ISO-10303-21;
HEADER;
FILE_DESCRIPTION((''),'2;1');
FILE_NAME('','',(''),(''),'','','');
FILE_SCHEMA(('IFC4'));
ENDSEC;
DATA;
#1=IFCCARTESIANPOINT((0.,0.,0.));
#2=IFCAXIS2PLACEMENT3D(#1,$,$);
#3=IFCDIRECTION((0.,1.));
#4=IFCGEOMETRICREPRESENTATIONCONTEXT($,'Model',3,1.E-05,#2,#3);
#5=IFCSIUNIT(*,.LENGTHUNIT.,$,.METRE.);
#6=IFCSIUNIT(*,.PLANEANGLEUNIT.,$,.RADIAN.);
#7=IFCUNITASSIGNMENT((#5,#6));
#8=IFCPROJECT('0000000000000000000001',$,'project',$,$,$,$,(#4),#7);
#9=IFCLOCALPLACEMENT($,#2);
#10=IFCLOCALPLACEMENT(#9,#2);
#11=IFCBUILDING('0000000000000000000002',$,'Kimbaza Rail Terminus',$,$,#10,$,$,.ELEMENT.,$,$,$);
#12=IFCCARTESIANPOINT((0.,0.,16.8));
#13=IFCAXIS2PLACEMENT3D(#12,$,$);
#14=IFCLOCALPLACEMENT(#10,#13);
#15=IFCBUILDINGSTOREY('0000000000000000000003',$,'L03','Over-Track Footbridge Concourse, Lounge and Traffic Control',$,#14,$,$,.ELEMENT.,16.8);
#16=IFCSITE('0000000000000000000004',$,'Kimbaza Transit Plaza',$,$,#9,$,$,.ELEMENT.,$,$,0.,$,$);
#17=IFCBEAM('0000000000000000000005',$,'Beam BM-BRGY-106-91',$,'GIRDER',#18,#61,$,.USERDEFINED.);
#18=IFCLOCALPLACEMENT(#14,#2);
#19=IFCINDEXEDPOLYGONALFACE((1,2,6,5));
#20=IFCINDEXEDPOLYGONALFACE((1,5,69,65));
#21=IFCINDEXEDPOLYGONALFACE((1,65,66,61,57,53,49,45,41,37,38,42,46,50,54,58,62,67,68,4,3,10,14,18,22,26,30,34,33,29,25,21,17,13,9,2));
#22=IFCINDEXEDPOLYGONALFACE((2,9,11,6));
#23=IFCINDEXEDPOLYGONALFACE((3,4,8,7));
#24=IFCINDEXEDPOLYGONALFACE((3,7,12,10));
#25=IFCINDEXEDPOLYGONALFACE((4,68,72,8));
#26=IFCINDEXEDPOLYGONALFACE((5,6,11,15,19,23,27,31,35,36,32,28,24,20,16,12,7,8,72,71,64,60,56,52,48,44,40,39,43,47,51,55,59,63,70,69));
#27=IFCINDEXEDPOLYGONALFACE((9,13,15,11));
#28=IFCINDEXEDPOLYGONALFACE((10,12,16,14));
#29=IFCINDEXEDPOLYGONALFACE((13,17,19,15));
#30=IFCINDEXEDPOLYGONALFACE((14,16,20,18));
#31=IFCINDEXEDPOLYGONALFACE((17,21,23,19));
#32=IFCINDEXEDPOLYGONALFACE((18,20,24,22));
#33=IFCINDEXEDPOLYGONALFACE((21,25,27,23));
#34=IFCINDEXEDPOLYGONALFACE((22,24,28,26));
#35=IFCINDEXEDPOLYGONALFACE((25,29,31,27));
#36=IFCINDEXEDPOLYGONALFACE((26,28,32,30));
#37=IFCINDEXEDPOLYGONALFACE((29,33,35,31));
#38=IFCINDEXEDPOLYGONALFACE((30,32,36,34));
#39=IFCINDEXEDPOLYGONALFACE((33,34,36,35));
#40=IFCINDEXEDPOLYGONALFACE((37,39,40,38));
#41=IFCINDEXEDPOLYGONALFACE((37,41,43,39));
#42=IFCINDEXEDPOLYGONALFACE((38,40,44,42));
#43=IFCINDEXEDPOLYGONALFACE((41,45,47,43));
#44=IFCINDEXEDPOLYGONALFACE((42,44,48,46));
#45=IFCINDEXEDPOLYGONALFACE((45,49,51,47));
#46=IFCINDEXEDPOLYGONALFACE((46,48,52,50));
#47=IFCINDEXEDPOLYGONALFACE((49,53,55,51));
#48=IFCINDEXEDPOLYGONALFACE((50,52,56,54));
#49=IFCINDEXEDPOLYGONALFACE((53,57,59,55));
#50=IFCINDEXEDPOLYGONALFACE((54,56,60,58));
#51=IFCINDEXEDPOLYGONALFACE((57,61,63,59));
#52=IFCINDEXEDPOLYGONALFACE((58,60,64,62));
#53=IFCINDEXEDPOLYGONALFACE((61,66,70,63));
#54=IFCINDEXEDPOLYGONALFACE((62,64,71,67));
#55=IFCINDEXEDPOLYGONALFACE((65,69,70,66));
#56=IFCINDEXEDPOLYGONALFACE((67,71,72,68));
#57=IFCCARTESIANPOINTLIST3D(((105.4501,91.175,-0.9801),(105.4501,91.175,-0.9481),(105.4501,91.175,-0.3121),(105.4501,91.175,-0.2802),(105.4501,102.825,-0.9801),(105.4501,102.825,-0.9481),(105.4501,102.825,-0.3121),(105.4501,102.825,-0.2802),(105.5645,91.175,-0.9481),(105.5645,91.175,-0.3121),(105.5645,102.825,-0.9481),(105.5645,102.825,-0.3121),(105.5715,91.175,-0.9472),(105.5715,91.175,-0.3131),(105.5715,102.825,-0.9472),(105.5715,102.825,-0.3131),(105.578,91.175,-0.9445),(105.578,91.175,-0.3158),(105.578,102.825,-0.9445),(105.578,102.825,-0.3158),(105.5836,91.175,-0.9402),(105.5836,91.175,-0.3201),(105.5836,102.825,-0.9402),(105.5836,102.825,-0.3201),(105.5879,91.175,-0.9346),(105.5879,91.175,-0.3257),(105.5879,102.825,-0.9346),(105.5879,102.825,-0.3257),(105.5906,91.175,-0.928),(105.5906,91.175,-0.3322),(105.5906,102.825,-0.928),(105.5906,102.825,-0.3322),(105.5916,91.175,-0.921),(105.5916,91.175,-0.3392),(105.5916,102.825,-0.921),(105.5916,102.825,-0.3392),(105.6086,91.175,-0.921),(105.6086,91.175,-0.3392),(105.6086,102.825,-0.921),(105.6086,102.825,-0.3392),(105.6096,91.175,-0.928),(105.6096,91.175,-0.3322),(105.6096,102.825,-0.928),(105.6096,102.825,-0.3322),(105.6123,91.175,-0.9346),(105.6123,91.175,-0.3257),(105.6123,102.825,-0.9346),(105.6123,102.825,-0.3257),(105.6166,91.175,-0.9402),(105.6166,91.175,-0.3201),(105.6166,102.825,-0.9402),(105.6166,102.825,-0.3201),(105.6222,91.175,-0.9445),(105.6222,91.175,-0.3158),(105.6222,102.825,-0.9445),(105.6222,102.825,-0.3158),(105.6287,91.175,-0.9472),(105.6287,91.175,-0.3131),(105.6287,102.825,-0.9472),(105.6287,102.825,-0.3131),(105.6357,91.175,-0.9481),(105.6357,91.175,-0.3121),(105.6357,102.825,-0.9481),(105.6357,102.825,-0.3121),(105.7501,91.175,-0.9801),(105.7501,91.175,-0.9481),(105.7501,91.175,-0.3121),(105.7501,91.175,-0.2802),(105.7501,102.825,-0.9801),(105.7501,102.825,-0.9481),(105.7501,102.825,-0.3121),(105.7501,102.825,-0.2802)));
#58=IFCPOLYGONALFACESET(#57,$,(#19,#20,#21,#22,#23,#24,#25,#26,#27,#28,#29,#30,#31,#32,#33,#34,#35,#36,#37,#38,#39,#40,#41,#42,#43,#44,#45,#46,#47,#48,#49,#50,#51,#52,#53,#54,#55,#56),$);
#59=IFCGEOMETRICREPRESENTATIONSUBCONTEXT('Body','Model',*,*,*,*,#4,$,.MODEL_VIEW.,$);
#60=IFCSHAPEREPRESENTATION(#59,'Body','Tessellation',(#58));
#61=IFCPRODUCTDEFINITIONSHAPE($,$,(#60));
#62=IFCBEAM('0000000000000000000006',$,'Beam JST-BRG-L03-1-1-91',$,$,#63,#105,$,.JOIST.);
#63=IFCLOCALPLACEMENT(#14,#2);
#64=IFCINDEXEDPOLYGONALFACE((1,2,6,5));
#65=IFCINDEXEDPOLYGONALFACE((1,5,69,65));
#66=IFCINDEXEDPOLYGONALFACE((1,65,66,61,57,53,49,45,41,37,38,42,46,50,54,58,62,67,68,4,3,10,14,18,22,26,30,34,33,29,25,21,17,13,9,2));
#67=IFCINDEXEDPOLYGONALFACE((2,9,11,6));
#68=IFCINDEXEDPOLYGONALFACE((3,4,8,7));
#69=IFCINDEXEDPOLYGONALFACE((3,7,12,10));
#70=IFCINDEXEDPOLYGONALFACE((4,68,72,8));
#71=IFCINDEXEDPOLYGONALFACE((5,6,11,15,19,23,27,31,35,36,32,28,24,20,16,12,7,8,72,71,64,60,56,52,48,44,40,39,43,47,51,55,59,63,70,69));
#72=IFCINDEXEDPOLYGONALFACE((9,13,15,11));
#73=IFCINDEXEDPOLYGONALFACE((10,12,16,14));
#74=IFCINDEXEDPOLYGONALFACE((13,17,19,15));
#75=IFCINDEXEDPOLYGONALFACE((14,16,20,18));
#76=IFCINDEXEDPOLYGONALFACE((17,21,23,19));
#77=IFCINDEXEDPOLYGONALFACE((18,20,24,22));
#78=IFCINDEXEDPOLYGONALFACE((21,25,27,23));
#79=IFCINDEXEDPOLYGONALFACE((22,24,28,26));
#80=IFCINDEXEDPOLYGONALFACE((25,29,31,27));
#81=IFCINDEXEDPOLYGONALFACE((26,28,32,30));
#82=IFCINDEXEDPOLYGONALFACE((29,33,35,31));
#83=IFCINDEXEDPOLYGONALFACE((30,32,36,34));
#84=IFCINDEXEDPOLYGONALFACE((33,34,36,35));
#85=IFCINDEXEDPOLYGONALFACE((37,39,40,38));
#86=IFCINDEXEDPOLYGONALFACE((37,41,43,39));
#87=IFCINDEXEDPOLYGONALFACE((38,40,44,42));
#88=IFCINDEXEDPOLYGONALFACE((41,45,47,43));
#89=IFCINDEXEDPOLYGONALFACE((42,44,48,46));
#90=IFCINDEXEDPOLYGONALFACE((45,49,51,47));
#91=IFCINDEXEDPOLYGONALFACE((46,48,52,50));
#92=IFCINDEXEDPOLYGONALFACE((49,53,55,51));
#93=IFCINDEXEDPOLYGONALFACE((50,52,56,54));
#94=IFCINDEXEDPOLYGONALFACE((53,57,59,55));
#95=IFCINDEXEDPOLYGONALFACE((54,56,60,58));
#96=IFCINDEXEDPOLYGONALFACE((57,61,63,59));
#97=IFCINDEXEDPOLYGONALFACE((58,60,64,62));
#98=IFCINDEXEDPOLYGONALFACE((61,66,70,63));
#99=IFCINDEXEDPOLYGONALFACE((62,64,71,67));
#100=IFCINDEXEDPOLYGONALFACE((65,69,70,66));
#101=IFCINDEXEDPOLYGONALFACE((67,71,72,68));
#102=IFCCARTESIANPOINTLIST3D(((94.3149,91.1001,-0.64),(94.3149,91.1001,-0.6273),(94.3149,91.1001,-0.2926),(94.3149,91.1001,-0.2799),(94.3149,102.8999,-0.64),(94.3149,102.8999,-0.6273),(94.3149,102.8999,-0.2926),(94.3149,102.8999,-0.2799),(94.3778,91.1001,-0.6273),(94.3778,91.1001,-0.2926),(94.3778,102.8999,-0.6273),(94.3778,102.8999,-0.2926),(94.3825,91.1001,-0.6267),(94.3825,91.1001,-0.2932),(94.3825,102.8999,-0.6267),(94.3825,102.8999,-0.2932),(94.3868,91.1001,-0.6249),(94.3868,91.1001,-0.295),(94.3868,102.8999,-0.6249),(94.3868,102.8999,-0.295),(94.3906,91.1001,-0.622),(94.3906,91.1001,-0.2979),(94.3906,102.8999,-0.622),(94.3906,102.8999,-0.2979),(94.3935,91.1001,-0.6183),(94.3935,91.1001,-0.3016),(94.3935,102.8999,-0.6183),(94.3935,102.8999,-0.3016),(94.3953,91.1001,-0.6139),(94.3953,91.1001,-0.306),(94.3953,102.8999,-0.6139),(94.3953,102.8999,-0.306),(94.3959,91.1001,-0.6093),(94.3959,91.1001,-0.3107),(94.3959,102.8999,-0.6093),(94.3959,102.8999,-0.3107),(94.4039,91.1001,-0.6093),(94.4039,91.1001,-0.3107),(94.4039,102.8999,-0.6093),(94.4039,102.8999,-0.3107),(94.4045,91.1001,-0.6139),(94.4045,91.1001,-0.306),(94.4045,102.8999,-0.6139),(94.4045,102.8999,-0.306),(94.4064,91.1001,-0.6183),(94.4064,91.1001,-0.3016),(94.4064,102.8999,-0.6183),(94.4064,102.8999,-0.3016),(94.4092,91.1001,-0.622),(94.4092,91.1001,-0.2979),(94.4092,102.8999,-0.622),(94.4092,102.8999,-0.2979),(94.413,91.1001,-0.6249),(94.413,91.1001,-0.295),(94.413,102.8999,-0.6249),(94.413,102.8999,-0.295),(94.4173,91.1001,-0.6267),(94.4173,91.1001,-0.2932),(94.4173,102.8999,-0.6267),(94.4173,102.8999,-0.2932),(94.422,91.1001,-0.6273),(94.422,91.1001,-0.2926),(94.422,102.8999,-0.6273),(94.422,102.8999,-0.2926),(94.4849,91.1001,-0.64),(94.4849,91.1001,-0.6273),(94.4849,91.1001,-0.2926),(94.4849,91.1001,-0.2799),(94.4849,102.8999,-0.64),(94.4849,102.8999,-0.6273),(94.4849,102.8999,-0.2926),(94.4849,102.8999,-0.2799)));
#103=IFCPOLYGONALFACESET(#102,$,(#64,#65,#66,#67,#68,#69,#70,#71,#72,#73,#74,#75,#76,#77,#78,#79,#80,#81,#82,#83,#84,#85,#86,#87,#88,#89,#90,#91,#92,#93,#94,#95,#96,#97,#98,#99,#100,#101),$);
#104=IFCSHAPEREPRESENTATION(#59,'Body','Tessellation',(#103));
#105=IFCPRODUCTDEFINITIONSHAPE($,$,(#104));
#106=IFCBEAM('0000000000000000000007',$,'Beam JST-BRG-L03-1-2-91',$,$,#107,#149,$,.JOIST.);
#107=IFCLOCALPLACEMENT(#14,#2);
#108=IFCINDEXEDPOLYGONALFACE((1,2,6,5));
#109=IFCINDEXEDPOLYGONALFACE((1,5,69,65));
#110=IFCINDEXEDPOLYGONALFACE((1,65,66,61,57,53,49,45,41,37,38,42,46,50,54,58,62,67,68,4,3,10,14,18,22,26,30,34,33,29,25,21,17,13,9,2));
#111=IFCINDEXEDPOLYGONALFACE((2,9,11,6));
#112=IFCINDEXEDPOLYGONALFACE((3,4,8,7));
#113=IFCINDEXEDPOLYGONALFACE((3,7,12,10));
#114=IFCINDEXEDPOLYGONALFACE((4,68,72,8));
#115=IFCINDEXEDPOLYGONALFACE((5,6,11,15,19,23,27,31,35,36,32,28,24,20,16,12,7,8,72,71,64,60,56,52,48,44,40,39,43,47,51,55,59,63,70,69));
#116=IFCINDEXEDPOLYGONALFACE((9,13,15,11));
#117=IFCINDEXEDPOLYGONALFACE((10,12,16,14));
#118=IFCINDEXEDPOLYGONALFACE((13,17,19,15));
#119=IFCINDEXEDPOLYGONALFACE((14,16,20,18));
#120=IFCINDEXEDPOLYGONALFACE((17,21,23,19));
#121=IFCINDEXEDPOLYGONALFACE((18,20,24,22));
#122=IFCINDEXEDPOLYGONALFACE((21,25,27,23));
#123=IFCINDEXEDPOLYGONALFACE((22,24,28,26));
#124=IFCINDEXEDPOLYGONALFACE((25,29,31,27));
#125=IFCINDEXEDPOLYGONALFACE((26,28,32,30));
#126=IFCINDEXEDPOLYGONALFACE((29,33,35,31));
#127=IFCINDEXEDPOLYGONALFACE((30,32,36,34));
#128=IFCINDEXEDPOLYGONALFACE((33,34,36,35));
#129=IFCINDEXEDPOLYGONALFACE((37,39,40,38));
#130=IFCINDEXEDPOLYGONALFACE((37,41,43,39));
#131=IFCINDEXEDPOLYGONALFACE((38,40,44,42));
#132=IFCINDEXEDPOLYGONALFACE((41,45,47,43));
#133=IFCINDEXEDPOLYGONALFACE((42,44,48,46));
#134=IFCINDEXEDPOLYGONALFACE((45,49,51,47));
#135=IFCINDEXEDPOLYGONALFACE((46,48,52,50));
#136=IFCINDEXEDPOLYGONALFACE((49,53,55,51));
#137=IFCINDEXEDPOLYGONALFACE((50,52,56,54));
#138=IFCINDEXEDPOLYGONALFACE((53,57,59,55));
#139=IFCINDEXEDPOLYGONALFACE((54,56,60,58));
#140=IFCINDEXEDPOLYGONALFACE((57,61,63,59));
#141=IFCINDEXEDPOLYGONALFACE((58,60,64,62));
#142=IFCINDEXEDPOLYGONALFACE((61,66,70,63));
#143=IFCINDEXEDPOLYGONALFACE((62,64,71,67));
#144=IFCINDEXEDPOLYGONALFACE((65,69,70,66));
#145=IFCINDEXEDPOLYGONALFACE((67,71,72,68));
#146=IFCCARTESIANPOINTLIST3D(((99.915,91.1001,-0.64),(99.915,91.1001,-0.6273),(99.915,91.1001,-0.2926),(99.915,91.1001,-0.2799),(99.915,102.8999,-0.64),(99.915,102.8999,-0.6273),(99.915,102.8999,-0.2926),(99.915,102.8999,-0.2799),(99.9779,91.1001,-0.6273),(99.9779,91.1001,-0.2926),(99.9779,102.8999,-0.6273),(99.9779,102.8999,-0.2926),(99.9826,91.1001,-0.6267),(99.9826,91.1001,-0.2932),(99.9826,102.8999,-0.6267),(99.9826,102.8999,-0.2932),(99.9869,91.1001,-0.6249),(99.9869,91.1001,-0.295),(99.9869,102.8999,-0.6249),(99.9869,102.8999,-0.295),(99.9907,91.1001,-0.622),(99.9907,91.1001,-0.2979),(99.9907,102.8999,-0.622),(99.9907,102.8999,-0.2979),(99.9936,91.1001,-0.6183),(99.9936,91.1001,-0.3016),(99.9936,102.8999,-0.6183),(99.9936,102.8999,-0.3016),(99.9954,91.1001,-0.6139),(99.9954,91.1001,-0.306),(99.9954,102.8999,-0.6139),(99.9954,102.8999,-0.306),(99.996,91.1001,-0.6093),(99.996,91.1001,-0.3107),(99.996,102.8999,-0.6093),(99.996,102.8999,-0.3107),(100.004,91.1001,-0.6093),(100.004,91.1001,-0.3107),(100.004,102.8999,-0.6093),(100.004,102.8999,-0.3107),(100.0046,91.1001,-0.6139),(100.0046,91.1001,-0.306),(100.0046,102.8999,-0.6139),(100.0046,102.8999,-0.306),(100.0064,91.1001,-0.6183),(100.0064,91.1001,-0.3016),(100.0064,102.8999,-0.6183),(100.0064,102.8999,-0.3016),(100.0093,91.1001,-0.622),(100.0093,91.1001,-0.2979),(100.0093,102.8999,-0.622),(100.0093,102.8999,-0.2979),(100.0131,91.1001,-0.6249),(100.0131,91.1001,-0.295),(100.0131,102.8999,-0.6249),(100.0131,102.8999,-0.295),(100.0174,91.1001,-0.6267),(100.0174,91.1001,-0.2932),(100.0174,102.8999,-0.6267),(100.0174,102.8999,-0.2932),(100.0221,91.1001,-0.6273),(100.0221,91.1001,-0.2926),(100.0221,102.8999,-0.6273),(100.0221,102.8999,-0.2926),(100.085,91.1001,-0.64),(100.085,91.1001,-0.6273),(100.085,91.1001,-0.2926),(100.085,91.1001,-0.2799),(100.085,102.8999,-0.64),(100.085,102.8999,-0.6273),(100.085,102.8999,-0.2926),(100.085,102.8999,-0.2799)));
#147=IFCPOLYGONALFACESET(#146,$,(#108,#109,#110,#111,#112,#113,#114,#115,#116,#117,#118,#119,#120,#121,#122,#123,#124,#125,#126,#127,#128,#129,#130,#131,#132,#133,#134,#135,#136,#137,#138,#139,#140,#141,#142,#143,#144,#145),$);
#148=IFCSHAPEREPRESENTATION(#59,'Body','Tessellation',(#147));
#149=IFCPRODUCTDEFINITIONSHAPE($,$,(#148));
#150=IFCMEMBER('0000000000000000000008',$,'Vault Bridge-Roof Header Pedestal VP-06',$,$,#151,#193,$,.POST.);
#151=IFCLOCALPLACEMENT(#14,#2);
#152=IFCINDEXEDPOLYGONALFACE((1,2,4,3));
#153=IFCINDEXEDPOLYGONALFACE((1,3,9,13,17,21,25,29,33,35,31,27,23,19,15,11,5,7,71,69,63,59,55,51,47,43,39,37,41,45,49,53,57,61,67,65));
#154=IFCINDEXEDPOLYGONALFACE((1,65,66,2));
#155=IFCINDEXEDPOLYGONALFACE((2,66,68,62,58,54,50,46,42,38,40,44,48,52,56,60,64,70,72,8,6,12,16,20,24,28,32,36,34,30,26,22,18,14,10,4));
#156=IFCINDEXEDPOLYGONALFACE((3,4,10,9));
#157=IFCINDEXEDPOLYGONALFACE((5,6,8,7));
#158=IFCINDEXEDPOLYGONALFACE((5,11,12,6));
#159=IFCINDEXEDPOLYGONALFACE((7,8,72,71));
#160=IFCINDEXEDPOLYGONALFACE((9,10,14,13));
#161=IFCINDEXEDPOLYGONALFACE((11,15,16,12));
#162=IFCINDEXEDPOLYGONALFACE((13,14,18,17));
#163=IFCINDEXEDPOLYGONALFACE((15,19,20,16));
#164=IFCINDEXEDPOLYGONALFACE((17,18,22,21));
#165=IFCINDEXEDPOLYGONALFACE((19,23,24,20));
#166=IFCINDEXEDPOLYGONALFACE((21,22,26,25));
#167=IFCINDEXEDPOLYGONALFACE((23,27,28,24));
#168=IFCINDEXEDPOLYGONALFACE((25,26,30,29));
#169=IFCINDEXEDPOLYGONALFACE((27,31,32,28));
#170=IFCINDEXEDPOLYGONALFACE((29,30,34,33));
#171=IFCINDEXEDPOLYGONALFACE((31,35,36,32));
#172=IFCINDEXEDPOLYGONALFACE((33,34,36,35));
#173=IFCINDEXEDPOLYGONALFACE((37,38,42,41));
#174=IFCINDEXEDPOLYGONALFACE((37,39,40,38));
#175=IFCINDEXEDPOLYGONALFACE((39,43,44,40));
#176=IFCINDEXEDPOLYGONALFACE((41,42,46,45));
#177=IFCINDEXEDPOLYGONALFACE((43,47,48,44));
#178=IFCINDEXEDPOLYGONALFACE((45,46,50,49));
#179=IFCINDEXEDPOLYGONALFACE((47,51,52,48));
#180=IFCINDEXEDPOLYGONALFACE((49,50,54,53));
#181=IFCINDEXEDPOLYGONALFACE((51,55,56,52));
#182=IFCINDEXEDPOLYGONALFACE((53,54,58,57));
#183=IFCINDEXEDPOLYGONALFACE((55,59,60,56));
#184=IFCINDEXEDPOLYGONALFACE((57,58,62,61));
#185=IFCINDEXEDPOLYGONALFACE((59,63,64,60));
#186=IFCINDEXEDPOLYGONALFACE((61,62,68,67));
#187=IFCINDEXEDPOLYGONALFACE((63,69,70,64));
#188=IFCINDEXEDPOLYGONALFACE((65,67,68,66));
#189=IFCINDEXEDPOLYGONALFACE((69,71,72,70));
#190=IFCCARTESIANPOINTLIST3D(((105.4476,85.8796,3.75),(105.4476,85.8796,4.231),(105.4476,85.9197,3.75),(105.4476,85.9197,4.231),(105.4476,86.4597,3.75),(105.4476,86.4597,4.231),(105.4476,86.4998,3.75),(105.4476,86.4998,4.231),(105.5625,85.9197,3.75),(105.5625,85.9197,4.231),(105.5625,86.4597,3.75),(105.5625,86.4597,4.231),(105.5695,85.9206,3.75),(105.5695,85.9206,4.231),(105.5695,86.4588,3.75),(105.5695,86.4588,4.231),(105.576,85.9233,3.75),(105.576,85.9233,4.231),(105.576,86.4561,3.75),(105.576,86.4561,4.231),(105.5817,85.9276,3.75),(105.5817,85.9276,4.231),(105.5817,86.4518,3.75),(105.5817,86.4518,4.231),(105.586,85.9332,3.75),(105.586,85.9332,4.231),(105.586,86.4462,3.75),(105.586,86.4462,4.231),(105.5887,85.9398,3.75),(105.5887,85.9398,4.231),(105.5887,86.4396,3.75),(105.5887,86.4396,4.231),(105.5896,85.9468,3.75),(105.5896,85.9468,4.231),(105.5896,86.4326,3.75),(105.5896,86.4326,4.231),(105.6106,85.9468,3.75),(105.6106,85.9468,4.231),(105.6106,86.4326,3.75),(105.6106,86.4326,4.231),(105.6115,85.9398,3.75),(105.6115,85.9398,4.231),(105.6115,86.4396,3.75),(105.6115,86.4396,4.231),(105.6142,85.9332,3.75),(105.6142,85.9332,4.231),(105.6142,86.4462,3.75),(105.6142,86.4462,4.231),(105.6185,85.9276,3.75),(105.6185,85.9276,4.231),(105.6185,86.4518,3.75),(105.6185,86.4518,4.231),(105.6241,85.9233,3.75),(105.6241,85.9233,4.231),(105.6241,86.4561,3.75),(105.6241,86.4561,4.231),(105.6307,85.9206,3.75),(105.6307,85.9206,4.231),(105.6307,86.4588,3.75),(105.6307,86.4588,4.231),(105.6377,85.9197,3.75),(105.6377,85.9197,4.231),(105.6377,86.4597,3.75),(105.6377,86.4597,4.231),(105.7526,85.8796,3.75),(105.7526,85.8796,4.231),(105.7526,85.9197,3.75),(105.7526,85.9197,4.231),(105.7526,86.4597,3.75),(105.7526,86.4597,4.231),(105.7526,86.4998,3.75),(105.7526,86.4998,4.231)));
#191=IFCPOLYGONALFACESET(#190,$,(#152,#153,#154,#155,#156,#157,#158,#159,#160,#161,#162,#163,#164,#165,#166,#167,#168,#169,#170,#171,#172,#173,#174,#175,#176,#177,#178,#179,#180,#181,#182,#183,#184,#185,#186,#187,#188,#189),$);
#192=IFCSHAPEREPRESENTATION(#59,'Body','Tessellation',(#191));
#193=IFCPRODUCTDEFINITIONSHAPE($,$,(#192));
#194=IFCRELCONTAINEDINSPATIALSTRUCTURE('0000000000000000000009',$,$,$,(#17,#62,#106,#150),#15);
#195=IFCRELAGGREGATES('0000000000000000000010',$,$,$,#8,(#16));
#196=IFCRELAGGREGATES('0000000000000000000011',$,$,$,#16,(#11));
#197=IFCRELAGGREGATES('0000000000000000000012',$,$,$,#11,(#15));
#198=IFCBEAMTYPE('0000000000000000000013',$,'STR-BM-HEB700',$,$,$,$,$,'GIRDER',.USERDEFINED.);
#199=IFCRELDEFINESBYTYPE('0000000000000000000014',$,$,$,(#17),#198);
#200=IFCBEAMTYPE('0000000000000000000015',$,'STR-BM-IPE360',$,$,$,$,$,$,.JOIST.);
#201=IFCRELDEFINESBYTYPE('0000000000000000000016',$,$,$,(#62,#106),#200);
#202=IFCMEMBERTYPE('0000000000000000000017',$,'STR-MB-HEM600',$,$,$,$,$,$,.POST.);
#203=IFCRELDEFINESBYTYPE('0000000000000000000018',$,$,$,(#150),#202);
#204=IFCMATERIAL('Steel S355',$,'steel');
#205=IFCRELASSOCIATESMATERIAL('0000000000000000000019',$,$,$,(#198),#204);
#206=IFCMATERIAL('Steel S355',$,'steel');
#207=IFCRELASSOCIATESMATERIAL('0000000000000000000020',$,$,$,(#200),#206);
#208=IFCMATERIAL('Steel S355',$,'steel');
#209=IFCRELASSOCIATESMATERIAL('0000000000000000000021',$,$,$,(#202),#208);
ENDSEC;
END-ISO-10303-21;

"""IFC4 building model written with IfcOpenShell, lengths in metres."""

from ifc_helpers import new_model, si_unit, direction, frame, origin, origin_2d, place, context, subcontext, project, spatial, i_section, extrude, material, material_profile, profile_set, type_object, element, save


model = new_model("IFC4")

# Units and contexts
model_context = context("Model", 3, precision=1e-05, world=origin(), true_north=direction((0.0, 1.0)))
body_context = subcontext(model_context, "Body", "Model", "MODEL_VIEW")
ifc_project = project(units=[si_unit("LENGTHUNIT", "METRE"), si_unit("PLANEANGLEUNIT", "RADIAN")], contexts=[model_context])

# Site, building, storey
site_placement = place(None, origin())
site = spatial("IfcSite", under=ifc_project, at=site_placement, Name="Kimbaza Transit Plaza", CompositionType="ELEMENT", RefElevation=0.0)
building_placement = place(site_placement, origin())
building = spatial("IfcBuilding", under=site, at=building_placement, Name="Kimbaza Rail Terminus", CompositionType="ELEMENT")
storey_placement = place(building_placement, frame((0.0, 0.0, 16.8)))
storey = spatial("IfcBuildingStorey", under=building, at=storey_placement, Name="L03", Description="Over-Track Footbridge Concourse, Lounge and Traffic Control", CompositionType="ELEMENT", Elevation=16.8)

# Beams
ifc_material_1 = material(Name="Steel S355", Category="steel")
ifc_material_profile_1 = material_profile(ifc_material_1, i_section(OverallWidth=0.3, OverallDepth=0.7, WebThickness=0.0171, FlangeThickness=0.032, FilletRadius=0.0271, at=origin_2d()), Name="HEB 700")
ifc_profile_set_1 = profile_set([ifc_material_profile_1], Name="Steel S355")
beam_type_1 = type_object("IfcBeamType", Name="STR-BM-HEB700", ElementType="GIRDER", PredefinedType="USERDEFINED", material=ifc_profile_set_1)
beam_1_placement = place(storey_placement, frame((105.6001, 91.175, -0.6301), z_axis=(0.0, 1.0, 0.0), x_axis=(-1.0, 0.0, 0.0)))
element("IfcBeam", 1, at=beam_1_placement, inside=storey, type_object=beam_type_1, Name="Beam BM-BRGY-106-91", ObjectType="GIRDER", PredefinedType="USERDEFINED", context=body_context, shape_type="SweptSolid", body=[
    extrude(i_section(OverallWidth=0.3, OverallDepth=0.7, WebThickness=0.0171, FlangeThickness=0.032, FilletRadius=0.0271, at=origin_2d()), origin(), (0.0, 0.0, 1.0), 11.6499),
])
ifc_material_2 = material(Name="Steel S355", Category="steel")
ifc_material_profile_2 = material_profile(ifc_material_2, i_section(OverallWidth=0.1699, OverallDepth=0.3601, WebThickness=0.0081, FlangeThickness=0.0127, FilletRadius=0.0181, at=origin_2d()), Name="IPE 360")
ifc_profile_set_2 = profile_set([ifc_material_profile_2], Name="Steel S355")
beam_type_2 = type_object("IfcBeamType", Name="STR-BM-IPE360", PredefinedType="JOIST", material=ifc_profile_set_2)
for number, where, z_axis, x_axis, name in (
    (2, (94.3999, 91.1001, -0.46), (0.0, 1.0, 0.0), (-1.0, 0.0, 0.0), "Beam JST-BRG-L03-1-1-91"),
    (3, (100.0, 91.1001, -0.46), (0.0, 1.0, 0.0), (-1.0, 0.0, 0.0), "Beam JST-BRG-L03-1-2-91"),
):
    element("IfcBeam", number, at=place(storey_placement, frame(where, z_axis=z_axis, x_axis=x_axis)), inside=storey, type_object=beam_type_2, Name=name, PredefinedType="JOIST", context=body_context, shape_type="SweptSolid", body=[
        extrude(i_section(OverallWidth=0.1699, OverallDepth=0.3601, WebThickness=0.0081, FlangeThickness=0.0127, FilletRadius=0.0181, at=origin_2d()), origin(), (0.0, 0.0, 1.0), 11.7998),
    ])

# Member
ifc_material_3 = material(Name="Steel S355", Category="steel")
ifc_material_profile_3 = material_profile(ifc_material_3, i_section(OverallWidth=0.3049, OverallDepth=0.6201, WebThickness=0.021, FlangeThickness=0.04, FilletRadius=0.0271, at=origin_2d()), Name="HEM 600")
ifc_profile_set_3 = profile_set([ifc_material_profile_3], Name="Steel S355")
member_type_1 = type_object("IfcMemberType", Name="STR-MB-HEM600", PredefinedType="POST", material=ifc_profile_set_3)
member_1_placement = place(storey_placement, frame((105.6001, 86.1897, 3.75), z_axis=(0.0, 0.0, 1.0), x_axis=(1.0, 0.0, 0.0)))
element("IfcMember", 4, at=member_1_placement, inside=storey, type_object=member_type_1, Name="Vault Bridge-Roof Header Pedestal VP-06", PredefinedType="POST", context=body_context, shape_type="SweptSolid", body=[
    extrude(i_section(OverallWidth=0.3049, OverallDepth=0.6201, WebThickness=0.021, FlangeThickness=0.04, FilletRadius=0.0271, at=origin_2d()), origin(), (0.0, 0.0, 1.0), 0.481),
])

save(model, "model.ifc")
